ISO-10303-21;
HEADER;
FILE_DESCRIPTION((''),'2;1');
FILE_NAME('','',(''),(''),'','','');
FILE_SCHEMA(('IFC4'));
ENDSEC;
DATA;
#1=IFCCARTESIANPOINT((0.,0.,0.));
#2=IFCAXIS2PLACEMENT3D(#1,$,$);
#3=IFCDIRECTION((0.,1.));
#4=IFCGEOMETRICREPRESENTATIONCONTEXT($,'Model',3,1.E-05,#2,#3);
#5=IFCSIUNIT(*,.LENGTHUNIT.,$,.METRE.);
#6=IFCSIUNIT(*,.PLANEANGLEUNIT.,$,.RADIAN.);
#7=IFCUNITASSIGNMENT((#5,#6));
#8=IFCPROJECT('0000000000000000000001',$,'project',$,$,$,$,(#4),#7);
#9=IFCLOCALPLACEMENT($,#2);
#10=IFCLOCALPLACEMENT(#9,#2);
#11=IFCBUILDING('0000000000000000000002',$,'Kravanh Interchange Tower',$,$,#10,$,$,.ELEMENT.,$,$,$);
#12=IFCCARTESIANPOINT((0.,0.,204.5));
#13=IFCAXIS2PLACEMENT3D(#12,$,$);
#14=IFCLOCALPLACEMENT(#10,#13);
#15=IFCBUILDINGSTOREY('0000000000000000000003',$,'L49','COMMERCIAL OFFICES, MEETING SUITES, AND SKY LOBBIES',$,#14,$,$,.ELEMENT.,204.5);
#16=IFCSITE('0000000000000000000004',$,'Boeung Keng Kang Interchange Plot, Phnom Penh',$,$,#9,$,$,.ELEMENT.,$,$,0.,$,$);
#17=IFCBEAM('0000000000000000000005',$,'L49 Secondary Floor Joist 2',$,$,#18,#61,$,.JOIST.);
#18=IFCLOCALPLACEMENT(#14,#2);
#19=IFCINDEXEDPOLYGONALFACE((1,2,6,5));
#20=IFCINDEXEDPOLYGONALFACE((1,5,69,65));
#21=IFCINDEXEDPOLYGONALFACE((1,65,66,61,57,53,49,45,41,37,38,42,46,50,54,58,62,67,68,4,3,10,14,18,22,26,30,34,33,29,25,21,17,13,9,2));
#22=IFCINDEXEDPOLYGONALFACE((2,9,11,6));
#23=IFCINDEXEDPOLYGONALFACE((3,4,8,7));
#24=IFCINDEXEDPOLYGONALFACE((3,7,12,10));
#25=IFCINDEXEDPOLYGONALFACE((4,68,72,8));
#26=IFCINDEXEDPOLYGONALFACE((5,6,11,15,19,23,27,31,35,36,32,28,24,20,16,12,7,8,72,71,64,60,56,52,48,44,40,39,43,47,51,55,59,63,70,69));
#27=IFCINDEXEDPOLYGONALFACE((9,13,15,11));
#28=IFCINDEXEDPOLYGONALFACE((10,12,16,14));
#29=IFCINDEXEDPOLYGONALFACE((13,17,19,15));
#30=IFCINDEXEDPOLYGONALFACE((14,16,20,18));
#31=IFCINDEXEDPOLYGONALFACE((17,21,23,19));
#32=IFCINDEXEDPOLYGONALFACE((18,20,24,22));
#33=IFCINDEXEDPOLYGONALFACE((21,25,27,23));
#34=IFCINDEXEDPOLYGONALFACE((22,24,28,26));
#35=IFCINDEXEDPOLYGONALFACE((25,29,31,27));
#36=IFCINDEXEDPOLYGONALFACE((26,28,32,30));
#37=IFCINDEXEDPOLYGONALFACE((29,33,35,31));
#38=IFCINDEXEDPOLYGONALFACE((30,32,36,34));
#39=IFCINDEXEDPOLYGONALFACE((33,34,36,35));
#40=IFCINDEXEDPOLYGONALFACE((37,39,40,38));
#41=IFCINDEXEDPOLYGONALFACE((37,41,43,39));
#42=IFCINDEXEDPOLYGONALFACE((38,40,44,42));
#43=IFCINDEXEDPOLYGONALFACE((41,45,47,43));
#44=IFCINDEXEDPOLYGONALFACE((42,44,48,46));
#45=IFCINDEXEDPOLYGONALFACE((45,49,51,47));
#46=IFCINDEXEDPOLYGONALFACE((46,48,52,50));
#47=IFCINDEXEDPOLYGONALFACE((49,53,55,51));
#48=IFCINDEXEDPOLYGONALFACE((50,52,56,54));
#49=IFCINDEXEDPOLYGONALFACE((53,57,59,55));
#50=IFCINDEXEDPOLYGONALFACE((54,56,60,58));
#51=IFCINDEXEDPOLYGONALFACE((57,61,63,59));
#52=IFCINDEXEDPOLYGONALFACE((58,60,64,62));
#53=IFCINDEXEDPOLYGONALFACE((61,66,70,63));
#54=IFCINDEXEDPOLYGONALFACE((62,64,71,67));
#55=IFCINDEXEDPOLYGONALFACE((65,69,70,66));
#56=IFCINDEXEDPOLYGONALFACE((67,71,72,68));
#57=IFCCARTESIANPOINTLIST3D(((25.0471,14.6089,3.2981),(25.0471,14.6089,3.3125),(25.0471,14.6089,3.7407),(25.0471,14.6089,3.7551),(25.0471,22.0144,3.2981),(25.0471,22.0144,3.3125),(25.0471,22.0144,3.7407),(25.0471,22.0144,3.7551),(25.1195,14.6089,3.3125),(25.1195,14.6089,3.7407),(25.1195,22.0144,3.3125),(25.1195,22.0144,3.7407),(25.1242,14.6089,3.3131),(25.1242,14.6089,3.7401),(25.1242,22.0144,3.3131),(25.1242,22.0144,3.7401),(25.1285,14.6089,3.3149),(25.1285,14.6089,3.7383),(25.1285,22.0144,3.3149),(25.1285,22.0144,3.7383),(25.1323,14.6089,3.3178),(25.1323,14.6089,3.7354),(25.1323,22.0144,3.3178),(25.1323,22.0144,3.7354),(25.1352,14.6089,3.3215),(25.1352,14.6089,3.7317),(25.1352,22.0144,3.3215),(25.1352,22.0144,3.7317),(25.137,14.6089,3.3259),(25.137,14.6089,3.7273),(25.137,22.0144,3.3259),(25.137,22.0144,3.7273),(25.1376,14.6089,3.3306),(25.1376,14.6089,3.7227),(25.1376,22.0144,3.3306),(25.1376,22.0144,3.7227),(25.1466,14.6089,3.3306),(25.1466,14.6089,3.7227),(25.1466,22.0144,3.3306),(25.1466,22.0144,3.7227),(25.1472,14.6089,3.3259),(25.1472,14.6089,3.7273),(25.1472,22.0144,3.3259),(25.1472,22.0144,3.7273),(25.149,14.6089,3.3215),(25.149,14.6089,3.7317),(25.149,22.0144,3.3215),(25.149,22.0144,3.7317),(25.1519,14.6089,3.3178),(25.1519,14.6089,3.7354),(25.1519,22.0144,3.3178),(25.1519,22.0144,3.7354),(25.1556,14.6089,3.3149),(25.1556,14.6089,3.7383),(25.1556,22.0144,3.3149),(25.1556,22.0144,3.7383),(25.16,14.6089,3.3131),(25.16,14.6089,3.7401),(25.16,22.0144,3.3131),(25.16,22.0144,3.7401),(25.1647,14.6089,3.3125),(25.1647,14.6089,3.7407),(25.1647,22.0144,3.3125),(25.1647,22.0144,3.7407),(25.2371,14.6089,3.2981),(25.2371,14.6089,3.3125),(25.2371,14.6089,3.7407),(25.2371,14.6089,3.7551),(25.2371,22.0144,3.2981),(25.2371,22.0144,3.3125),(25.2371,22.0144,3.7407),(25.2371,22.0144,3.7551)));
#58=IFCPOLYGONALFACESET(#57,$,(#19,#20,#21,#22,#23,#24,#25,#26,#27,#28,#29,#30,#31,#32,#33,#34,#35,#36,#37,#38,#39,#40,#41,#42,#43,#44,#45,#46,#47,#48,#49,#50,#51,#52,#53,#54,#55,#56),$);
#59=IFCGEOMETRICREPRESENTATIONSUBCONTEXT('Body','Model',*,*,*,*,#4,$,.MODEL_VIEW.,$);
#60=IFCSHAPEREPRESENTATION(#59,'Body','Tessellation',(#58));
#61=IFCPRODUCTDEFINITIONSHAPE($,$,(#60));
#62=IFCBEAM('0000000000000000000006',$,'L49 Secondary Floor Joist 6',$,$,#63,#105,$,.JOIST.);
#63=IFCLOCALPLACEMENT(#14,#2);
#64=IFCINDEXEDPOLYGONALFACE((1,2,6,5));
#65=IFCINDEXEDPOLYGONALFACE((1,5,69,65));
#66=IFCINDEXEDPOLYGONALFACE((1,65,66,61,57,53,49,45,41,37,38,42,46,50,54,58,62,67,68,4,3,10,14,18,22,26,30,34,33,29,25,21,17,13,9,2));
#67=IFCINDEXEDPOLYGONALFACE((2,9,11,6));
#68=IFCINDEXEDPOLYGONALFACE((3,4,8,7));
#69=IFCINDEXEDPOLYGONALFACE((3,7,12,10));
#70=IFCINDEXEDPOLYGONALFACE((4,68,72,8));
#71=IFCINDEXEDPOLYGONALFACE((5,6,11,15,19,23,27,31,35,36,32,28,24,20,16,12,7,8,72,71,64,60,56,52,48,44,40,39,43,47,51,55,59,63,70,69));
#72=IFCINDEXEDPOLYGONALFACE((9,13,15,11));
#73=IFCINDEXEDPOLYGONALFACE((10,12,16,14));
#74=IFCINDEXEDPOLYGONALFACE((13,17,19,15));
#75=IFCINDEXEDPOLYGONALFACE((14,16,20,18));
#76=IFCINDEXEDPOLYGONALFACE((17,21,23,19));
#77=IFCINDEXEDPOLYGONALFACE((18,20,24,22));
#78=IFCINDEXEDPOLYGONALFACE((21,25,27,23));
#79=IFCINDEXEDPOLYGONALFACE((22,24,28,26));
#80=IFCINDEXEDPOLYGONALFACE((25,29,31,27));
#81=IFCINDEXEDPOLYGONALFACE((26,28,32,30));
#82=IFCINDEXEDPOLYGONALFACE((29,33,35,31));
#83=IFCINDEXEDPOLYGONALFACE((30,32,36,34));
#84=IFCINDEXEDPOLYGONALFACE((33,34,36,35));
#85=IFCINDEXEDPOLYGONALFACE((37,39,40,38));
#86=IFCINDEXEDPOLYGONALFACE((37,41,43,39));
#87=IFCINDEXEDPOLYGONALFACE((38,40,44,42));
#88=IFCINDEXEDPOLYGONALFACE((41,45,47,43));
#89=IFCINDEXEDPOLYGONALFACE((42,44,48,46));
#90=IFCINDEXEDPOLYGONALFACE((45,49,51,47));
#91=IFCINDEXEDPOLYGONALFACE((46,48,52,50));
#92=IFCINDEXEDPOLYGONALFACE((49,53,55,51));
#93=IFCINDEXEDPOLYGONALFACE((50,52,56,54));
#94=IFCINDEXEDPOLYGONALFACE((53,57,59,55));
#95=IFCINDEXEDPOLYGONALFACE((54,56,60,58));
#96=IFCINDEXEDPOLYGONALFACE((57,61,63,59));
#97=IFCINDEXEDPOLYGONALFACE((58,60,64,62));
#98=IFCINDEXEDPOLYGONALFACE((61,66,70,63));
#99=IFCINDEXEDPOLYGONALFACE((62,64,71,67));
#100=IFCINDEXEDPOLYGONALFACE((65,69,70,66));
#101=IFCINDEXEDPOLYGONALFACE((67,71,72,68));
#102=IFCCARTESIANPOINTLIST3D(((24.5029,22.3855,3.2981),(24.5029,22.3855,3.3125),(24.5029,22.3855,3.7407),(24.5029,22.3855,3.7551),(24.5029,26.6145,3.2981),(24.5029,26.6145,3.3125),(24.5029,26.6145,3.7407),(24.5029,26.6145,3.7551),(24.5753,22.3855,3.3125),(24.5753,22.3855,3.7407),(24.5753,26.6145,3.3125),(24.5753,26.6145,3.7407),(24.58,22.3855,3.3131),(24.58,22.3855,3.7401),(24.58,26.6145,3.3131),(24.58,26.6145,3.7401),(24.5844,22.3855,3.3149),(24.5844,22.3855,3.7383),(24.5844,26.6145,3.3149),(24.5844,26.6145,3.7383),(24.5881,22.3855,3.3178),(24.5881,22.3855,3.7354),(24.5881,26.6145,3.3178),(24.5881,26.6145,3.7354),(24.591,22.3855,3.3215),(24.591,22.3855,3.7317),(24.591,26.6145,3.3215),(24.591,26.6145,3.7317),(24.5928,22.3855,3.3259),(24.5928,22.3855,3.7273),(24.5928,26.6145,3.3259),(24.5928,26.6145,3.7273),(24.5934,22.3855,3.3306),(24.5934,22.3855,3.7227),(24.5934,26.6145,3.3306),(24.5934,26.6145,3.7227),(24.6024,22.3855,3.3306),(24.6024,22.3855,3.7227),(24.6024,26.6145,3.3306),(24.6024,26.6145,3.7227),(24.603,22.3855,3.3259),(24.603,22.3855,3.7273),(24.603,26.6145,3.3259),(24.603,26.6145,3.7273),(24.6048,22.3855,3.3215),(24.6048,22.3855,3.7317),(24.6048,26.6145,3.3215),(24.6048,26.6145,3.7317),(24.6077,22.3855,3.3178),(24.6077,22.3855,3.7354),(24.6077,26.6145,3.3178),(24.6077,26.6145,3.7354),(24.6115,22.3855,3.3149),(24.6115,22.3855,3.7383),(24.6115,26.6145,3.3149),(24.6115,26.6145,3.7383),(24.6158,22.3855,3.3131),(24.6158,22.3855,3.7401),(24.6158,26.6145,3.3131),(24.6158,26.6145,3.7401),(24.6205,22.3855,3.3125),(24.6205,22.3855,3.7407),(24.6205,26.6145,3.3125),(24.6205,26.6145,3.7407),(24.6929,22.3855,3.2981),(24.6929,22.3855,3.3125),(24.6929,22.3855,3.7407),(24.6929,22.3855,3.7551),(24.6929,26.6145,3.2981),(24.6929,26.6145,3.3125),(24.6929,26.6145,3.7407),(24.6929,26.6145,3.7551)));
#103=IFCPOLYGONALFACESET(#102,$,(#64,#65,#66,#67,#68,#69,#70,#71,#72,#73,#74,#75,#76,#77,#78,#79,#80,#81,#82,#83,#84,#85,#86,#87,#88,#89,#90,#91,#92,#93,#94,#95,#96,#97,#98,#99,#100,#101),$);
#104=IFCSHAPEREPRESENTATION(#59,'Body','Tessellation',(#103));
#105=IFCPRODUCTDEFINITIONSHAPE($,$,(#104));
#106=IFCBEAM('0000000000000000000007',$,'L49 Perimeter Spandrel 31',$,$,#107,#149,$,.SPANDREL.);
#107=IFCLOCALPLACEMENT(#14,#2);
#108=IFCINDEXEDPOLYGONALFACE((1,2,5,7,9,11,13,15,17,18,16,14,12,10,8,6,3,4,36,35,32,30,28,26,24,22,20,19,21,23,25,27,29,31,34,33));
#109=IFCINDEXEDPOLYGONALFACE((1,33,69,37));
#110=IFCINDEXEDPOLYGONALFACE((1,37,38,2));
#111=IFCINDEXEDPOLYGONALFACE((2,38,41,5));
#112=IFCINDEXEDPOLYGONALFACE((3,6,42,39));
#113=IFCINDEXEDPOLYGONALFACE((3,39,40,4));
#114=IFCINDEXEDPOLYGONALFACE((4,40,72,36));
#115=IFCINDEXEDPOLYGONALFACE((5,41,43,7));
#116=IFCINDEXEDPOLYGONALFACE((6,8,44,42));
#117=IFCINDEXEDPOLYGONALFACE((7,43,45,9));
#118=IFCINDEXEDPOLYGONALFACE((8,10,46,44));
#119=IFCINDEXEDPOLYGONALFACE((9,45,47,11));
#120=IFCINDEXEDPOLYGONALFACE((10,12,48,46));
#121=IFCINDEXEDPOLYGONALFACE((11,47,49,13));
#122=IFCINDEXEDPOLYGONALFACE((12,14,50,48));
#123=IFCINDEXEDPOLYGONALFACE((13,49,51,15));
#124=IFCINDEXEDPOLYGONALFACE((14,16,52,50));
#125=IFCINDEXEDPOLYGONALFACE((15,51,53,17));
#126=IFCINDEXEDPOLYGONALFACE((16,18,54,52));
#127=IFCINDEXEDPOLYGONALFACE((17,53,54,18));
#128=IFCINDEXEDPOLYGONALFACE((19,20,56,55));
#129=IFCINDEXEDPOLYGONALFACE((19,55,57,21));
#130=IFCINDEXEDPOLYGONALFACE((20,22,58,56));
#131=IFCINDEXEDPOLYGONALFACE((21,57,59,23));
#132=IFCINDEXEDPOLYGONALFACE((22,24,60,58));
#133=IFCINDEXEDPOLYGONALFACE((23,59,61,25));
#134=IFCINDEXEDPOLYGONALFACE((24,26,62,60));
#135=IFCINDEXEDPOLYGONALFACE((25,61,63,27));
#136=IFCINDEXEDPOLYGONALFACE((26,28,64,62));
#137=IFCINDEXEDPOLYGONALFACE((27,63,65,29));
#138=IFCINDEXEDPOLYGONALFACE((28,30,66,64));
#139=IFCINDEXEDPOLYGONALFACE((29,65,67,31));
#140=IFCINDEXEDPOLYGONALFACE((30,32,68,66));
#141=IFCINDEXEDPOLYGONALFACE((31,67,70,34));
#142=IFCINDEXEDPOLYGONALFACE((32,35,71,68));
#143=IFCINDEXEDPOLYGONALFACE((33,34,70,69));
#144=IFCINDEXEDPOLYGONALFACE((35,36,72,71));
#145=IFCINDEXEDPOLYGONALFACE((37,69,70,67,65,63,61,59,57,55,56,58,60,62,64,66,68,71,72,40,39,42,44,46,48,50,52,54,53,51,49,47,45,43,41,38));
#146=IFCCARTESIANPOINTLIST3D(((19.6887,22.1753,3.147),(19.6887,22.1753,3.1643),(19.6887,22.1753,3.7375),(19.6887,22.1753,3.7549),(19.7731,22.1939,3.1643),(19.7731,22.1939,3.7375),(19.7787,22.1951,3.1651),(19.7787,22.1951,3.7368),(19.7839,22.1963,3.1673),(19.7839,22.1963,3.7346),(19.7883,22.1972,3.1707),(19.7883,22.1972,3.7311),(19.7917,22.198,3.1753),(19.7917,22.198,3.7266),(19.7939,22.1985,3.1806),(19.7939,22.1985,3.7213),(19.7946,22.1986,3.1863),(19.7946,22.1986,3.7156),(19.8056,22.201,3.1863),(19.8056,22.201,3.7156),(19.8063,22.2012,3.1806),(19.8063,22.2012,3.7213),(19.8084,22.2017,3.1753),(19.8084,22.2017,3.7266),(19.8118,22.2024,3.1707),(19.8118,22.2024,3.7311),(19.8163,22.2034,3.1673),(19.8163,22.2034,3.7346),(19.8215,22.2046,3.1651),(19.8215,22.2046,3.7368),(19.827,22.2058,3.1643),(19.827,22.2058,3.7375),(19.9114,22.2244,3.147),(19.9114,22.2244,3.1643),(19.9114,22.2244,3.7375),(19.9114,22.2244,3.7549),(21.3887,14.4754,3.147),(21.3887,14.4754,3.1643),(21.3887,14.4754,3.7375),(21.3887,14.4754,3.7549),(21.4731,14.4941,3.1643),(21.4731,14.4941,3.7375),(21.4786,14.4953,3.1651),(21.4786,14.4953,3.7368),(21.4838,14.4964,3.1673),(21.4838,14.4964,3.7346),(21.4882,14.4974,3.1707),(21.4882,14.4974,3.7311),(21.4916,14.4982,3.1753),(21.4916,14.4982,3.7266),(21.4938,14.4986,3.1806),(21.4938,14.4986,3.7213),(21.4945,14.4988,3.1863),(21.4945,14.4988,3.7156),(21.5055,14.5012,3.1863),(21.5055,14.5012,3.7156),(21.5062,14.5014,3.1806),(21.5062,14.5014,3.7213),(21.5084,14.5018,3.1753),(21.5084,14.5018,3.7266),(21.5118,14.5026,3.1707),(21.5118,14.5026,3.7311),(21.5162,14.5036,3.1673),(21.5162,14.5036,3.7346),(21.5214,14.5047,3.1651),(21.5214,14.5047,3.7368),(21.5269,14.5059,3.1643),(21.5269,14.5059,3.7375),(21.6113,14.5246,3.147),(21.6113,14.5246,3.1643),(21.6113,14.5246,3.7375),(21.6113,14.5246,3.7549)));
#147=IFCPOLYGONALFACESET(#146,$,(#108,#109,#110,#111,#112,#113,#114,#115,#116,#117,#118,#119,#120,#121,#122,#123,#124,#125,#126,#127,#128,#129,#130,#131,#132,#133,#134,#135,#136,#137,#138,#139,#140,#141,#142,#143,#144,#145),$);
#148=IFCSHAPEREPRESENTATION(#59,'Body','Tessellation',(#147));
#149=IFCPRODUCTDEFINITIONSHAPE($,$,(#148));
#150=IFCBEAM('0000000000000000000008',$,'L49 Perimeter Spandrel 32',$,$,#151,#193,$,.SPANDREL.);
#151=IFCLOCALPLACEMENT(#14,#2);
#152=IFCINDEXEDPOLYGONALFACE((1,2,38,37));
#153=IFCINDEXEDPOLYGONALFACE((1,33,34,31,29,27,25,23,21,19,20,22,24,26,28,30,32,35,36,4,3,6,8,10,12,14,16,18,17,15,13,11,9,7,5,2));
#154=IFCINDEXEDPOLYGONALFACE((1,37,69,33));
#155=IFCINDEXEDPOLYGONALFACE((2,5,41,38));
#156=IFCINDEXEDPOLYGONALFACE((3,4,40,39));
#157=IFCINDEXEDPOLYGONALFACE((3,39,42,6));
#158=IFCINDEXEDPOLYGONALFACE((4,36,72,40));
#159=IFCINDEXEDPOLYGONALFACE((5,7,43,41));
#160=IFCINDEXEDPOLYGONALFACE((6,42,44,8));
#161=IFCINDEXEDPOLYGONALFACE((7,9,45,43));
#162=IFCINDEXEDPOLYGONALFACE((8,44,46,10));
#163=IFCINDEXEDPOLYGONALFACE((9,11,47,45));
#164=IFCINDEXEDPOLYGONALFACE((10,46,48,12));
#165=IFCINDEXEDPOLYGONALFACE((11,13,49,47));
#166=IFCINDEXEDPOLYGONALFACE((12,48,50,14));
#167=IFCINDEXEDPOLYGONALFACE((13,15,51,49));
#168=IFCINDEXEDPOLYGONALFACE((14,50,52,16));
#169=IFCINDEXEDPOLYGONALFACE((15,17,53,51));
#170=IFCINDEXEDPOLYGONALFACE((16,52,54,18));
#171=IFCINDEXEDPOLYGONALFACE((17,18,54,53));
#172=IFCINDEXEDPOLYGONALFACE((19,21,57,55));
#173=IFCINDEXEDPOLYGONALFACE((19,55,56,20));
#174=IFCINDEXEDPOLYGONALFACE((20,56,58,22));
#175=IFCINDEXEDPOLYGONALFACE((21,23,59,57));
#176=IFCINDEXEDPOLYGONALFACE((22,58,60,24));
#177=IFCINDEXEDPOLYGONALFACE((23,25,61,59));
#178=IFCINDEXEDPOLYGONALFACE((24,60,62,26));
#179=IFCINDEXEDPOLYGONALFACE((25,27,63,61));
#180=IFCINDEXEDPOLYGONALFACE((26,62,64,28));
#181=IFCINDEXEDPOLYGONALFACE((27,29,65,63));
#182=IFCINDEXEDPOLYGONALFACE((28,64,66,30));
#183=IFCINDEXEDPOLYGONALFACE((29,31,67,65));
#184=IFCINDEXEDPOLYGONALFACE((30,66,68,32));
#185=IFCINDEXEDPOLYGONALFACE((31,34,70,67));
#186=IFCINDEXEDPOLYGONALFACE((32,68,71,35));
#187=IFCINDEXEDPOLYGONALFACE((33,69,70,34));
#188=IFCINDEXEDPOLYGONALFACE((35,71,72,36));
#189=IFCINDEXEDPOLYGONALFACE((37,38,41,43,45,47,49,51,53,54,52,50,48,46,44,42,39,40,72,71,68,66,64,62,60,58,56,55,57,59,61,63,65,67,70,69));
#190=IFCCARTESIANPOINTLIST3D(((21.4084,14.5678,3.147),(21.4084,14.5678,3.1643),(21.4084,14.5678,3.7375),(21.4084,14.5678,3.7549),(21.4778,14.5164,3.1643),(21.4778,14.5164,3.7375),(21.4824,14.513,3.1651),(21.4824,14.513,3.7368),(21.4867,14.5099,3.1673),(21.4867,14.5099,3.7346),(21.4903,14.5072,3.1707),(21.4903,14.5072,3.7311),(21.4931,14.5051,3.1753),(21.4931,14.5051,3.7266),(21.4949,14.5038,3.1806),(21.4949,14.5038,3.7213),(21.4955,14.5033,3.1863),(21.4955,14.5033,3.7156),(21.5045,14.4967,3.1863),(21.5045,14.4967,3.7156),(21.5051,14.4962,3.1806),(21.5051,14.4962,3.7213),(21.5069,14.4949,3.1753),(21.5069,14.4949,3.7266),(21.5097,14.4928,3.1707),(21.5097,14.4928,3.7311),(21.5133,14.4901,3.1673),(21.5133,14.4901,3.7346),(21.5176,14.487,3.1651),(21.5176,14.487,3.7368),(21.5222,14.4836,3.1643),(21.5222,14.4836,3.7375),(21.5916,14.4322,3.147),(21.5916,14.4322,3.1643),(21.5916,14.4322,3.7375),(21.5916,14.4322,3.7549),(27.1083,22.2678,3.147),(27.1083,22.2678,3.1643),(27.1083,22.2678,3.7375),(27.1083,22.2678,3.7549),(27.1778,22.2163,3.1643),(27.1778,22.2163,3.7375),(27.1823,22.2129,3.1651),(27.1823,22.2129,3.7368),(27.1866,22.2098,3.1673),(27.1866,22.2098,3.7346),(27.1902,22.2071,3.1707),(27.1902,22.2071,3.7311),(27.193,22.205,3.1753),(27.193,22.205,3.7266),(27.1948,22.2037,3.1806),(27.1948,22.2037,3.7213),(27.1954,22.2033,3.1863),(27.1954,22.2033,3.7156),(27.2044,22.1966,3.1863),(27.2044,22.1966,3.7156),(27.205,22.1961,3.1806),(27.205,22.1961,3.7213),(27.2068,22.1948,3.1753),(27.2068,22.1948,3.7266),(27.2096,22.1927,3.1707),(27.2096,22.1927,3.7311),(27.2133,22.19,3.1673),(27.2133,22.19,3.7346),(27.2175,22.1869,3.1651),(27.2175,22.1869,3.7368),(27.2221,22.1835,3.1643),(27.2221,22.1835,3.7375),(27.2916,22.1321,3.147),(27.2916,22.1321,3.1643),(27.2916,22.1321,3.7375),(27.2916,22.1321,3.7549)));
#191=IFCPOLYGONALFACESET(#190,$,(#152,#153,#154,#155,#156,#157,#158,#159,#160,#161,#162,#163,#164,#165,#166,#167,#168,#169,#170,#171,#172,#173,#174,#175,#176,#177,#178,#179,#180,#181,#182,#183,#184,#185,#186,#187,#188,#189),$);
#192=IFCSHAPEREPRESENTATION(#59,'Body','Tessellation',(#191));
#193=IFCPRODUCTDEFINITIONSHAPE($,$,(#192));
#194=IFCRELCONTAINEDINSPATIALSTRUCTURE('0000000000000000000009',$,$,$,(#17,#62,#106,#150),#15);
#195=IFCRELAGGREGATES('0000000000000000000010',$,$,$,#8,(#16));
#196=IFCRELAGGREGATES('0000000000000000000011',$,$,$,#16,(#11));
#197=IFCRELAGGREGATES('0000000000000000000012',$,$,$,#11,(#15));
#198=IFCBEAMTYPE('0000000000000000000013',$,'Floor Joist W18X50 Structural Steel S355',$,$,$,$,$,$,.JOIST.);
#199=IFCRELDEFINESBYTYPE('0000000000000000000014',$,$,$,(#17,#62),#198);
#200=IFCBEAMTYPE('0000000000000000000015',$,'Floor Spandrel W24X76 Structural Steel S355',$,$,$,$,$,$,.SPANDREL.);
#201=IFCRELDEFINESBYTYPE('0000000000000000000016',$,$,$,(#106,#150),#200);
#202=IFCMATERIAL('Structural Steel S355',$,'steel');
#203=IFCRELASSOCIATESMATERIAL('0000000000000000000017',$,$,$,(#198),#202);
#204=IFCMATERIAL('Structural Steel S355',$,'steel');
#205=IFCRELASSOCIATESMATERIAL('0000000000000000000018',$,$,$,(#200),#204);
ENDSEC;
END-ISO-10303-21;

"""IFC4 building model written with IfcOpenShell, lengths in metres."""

from ifc_helpers import new_model, si_unit, direction, frame, origin, origin_2d, place, context, subcontext, project, spatial, i_section, extrude, material, material_profile, profile_set, type_object, element, save


model = new_model("IFC4")

# Units and contexts
model_context = context("Model", 3, precision=1e-05, world=origin(), true_north=direction((0.0, 1.0)))
body_context = subcontext(model_context, "Body", "Model", "MODEL_VIEW")
ifc_project = project(units=[si_unit("LENGTHUNIT", "METRE"), si_unit("PLANEANGLEUNIT", "RADIAN")], contexts=[model_context])

# Site, building, storey
site_placement = place(None, origin())
site = spatial("IfcSite", under=ifc_project, at=site_placement, Name="Boeung Keng Kang Interchange Plot, Phnom Penh", CompositionType="ELEMENT", RefElevation=0.0)
building_placement = place(site_placement, origin())
building = spatial("IfcBuilding", under=site, at=building_placement, Name="Kravanh Interchange Tower", CompositionType="ELEMENT")
storey_placement = place(building_placement, frame((0.0, 0.0, 204.5)))
storey = spatial("IfcBuildingStorey", under=building, at=storey_placement, Name="L49", Description="COMMERCIAL OFFICES, MEETING SUITES, AND SKY LOBBIES", CompositionType="ELEMENT", Elevation=204.5)

# Beams
ifc_material_1 = material(Name="Structural Steel S355", Category="steel")
ifc_material_profile_1 = material_profile(ifc_material_1, i_section(OverallWidth=0.1899, OverallDepth=0.457, WebThickness=0.009, FlangeThickness=0.0144, FilletRadius=0.0181, at=origin_2d()), Name="W18X50")
ifc_profile_set_1 = profile_set([ifc_material_profile_1], Name="Structural Steel S355")
beam_type_1 = type_object("IfcBeamType", Name="Floor Joist W18X50 Structural Steel S355", PredefinedType="JOIST", material=ifc_profile_set_1)
for number, where, z_axis, x_axis, name in (
    (1, (25.1421, 14.6089, 3.5266), (0.0, 1.0, 0.0), (-1.0, 0.0, 0.0), "L49 Secondary Floor Joist 2"),
):
    element("IfcBeam", number, at=place(storey_placement, frame(where, z_axis=z_axis, x_axis=x_axis)), inside=storey, type_object=beam_type_1, Name=name, PredefinedType="JOIST", context=body_context, shape_type="SweptSolid", body=[
        extrude(i_section(OverallWidth=0.1899, OverallDepth=0.457, WebThickness=0.009, FlangeThickness=0.0144, FilletRadius=0.0181, at=origin_2d()), origin(), (0.0, 0.0, 1.0), 7.4055),
    ])
beam_1_placement = place(storey_placement, frame((24.5979, 22.3855, 3.5266), z_axis=(0.0, 1.0, 0.0), x_axis=(-1.0, 0.0, 0.0)))
element("IfcBeam", 2, at=beam_1_placement, inside=storey, type_object=beam_type_1, Name="L49 Secondary Floor Joist 6", PredefinedType="JOIST", context=body_context, shape_type="SweptSolid", body=[
    extrude(i_section(OverallWidth=0.1899, OverallDepth=0.457, WebThickness=0.009, FlangeThickness=0.0144, FilletRadius=0.0181, at=origin_2d()), origin(), (0.0, 0.0, 1.0), 4.229),
])
ifc_material_2 = material(Name="Structural Steel S355", Category="steel")
ifc_material_profile_2 = material_profile(ifc_material_2, i_section(OverallWidth=0.228, OverallDepth=0.6079, WebThickness=0.0112, FlangeThickness=0.0173, FilletRadius=0.022, at=origin_2d()), Name="W24X76")
ifc_profile_set_2 = profile_set([ifc_material_profile_2], Name="Structural Steel S355")
beam_type_2 = type_object("IfcBeamType", Name="Floor Spandrel W24X76 Structural Steel S355", PredefinedType="SPANDREL", material=ifc_profile_set_2)
beam_2_placement = place(storey_placement, frame((21.5, 14.5, 3.4509), z_axis=(-0.215583, 0.976486, 0.0), x_axis=(-0.976486, -0.215583, 0.0)))
element("IfcBeam", 3, at=beam_2_placement, inside=storey, type_object=beam_type_2, Name="L49 Perimeter Spandrel 31", PredefinedType="SPANDREL", context=body_context, shape_type="SweptSolid", body=[
    extrude(i_section(OverallWidth=0.228, OverallDepth=0.6079, WebThickness=0.0112, FlangeThickness=0.0173, FilletRadius=0.022, at=origin_2d()), origin(), (0.0, 0.0, 1.0), 7.8853),
])
beam_3_placement = place(storey_placement, frame((21.5, 14.5, 3.4509), z_axis=(0.594977, 0.803743, 0.0), x_axis=(-0.803743, 0.594977, 0.0)))
element("IfcBeam", 4, at=beam_3_placement, inside=storey, type_object=beam_type_2, Name="L49 Perimeter Spandrel 32", PredefinedType="SPANDREL", context=body_context, shape_type="SweptSolid", body=[
    extrude(i_section(OverallWidth=0.228, OverallDepth=0.6079, WebThickness=0.0112, FlangeThickness=0.0173, FilletRadius=0.022, at=origin_2d()), origin(), (0.0, 0.0, 1.0), 9.5801),
])

save(model, "model.ifc")
